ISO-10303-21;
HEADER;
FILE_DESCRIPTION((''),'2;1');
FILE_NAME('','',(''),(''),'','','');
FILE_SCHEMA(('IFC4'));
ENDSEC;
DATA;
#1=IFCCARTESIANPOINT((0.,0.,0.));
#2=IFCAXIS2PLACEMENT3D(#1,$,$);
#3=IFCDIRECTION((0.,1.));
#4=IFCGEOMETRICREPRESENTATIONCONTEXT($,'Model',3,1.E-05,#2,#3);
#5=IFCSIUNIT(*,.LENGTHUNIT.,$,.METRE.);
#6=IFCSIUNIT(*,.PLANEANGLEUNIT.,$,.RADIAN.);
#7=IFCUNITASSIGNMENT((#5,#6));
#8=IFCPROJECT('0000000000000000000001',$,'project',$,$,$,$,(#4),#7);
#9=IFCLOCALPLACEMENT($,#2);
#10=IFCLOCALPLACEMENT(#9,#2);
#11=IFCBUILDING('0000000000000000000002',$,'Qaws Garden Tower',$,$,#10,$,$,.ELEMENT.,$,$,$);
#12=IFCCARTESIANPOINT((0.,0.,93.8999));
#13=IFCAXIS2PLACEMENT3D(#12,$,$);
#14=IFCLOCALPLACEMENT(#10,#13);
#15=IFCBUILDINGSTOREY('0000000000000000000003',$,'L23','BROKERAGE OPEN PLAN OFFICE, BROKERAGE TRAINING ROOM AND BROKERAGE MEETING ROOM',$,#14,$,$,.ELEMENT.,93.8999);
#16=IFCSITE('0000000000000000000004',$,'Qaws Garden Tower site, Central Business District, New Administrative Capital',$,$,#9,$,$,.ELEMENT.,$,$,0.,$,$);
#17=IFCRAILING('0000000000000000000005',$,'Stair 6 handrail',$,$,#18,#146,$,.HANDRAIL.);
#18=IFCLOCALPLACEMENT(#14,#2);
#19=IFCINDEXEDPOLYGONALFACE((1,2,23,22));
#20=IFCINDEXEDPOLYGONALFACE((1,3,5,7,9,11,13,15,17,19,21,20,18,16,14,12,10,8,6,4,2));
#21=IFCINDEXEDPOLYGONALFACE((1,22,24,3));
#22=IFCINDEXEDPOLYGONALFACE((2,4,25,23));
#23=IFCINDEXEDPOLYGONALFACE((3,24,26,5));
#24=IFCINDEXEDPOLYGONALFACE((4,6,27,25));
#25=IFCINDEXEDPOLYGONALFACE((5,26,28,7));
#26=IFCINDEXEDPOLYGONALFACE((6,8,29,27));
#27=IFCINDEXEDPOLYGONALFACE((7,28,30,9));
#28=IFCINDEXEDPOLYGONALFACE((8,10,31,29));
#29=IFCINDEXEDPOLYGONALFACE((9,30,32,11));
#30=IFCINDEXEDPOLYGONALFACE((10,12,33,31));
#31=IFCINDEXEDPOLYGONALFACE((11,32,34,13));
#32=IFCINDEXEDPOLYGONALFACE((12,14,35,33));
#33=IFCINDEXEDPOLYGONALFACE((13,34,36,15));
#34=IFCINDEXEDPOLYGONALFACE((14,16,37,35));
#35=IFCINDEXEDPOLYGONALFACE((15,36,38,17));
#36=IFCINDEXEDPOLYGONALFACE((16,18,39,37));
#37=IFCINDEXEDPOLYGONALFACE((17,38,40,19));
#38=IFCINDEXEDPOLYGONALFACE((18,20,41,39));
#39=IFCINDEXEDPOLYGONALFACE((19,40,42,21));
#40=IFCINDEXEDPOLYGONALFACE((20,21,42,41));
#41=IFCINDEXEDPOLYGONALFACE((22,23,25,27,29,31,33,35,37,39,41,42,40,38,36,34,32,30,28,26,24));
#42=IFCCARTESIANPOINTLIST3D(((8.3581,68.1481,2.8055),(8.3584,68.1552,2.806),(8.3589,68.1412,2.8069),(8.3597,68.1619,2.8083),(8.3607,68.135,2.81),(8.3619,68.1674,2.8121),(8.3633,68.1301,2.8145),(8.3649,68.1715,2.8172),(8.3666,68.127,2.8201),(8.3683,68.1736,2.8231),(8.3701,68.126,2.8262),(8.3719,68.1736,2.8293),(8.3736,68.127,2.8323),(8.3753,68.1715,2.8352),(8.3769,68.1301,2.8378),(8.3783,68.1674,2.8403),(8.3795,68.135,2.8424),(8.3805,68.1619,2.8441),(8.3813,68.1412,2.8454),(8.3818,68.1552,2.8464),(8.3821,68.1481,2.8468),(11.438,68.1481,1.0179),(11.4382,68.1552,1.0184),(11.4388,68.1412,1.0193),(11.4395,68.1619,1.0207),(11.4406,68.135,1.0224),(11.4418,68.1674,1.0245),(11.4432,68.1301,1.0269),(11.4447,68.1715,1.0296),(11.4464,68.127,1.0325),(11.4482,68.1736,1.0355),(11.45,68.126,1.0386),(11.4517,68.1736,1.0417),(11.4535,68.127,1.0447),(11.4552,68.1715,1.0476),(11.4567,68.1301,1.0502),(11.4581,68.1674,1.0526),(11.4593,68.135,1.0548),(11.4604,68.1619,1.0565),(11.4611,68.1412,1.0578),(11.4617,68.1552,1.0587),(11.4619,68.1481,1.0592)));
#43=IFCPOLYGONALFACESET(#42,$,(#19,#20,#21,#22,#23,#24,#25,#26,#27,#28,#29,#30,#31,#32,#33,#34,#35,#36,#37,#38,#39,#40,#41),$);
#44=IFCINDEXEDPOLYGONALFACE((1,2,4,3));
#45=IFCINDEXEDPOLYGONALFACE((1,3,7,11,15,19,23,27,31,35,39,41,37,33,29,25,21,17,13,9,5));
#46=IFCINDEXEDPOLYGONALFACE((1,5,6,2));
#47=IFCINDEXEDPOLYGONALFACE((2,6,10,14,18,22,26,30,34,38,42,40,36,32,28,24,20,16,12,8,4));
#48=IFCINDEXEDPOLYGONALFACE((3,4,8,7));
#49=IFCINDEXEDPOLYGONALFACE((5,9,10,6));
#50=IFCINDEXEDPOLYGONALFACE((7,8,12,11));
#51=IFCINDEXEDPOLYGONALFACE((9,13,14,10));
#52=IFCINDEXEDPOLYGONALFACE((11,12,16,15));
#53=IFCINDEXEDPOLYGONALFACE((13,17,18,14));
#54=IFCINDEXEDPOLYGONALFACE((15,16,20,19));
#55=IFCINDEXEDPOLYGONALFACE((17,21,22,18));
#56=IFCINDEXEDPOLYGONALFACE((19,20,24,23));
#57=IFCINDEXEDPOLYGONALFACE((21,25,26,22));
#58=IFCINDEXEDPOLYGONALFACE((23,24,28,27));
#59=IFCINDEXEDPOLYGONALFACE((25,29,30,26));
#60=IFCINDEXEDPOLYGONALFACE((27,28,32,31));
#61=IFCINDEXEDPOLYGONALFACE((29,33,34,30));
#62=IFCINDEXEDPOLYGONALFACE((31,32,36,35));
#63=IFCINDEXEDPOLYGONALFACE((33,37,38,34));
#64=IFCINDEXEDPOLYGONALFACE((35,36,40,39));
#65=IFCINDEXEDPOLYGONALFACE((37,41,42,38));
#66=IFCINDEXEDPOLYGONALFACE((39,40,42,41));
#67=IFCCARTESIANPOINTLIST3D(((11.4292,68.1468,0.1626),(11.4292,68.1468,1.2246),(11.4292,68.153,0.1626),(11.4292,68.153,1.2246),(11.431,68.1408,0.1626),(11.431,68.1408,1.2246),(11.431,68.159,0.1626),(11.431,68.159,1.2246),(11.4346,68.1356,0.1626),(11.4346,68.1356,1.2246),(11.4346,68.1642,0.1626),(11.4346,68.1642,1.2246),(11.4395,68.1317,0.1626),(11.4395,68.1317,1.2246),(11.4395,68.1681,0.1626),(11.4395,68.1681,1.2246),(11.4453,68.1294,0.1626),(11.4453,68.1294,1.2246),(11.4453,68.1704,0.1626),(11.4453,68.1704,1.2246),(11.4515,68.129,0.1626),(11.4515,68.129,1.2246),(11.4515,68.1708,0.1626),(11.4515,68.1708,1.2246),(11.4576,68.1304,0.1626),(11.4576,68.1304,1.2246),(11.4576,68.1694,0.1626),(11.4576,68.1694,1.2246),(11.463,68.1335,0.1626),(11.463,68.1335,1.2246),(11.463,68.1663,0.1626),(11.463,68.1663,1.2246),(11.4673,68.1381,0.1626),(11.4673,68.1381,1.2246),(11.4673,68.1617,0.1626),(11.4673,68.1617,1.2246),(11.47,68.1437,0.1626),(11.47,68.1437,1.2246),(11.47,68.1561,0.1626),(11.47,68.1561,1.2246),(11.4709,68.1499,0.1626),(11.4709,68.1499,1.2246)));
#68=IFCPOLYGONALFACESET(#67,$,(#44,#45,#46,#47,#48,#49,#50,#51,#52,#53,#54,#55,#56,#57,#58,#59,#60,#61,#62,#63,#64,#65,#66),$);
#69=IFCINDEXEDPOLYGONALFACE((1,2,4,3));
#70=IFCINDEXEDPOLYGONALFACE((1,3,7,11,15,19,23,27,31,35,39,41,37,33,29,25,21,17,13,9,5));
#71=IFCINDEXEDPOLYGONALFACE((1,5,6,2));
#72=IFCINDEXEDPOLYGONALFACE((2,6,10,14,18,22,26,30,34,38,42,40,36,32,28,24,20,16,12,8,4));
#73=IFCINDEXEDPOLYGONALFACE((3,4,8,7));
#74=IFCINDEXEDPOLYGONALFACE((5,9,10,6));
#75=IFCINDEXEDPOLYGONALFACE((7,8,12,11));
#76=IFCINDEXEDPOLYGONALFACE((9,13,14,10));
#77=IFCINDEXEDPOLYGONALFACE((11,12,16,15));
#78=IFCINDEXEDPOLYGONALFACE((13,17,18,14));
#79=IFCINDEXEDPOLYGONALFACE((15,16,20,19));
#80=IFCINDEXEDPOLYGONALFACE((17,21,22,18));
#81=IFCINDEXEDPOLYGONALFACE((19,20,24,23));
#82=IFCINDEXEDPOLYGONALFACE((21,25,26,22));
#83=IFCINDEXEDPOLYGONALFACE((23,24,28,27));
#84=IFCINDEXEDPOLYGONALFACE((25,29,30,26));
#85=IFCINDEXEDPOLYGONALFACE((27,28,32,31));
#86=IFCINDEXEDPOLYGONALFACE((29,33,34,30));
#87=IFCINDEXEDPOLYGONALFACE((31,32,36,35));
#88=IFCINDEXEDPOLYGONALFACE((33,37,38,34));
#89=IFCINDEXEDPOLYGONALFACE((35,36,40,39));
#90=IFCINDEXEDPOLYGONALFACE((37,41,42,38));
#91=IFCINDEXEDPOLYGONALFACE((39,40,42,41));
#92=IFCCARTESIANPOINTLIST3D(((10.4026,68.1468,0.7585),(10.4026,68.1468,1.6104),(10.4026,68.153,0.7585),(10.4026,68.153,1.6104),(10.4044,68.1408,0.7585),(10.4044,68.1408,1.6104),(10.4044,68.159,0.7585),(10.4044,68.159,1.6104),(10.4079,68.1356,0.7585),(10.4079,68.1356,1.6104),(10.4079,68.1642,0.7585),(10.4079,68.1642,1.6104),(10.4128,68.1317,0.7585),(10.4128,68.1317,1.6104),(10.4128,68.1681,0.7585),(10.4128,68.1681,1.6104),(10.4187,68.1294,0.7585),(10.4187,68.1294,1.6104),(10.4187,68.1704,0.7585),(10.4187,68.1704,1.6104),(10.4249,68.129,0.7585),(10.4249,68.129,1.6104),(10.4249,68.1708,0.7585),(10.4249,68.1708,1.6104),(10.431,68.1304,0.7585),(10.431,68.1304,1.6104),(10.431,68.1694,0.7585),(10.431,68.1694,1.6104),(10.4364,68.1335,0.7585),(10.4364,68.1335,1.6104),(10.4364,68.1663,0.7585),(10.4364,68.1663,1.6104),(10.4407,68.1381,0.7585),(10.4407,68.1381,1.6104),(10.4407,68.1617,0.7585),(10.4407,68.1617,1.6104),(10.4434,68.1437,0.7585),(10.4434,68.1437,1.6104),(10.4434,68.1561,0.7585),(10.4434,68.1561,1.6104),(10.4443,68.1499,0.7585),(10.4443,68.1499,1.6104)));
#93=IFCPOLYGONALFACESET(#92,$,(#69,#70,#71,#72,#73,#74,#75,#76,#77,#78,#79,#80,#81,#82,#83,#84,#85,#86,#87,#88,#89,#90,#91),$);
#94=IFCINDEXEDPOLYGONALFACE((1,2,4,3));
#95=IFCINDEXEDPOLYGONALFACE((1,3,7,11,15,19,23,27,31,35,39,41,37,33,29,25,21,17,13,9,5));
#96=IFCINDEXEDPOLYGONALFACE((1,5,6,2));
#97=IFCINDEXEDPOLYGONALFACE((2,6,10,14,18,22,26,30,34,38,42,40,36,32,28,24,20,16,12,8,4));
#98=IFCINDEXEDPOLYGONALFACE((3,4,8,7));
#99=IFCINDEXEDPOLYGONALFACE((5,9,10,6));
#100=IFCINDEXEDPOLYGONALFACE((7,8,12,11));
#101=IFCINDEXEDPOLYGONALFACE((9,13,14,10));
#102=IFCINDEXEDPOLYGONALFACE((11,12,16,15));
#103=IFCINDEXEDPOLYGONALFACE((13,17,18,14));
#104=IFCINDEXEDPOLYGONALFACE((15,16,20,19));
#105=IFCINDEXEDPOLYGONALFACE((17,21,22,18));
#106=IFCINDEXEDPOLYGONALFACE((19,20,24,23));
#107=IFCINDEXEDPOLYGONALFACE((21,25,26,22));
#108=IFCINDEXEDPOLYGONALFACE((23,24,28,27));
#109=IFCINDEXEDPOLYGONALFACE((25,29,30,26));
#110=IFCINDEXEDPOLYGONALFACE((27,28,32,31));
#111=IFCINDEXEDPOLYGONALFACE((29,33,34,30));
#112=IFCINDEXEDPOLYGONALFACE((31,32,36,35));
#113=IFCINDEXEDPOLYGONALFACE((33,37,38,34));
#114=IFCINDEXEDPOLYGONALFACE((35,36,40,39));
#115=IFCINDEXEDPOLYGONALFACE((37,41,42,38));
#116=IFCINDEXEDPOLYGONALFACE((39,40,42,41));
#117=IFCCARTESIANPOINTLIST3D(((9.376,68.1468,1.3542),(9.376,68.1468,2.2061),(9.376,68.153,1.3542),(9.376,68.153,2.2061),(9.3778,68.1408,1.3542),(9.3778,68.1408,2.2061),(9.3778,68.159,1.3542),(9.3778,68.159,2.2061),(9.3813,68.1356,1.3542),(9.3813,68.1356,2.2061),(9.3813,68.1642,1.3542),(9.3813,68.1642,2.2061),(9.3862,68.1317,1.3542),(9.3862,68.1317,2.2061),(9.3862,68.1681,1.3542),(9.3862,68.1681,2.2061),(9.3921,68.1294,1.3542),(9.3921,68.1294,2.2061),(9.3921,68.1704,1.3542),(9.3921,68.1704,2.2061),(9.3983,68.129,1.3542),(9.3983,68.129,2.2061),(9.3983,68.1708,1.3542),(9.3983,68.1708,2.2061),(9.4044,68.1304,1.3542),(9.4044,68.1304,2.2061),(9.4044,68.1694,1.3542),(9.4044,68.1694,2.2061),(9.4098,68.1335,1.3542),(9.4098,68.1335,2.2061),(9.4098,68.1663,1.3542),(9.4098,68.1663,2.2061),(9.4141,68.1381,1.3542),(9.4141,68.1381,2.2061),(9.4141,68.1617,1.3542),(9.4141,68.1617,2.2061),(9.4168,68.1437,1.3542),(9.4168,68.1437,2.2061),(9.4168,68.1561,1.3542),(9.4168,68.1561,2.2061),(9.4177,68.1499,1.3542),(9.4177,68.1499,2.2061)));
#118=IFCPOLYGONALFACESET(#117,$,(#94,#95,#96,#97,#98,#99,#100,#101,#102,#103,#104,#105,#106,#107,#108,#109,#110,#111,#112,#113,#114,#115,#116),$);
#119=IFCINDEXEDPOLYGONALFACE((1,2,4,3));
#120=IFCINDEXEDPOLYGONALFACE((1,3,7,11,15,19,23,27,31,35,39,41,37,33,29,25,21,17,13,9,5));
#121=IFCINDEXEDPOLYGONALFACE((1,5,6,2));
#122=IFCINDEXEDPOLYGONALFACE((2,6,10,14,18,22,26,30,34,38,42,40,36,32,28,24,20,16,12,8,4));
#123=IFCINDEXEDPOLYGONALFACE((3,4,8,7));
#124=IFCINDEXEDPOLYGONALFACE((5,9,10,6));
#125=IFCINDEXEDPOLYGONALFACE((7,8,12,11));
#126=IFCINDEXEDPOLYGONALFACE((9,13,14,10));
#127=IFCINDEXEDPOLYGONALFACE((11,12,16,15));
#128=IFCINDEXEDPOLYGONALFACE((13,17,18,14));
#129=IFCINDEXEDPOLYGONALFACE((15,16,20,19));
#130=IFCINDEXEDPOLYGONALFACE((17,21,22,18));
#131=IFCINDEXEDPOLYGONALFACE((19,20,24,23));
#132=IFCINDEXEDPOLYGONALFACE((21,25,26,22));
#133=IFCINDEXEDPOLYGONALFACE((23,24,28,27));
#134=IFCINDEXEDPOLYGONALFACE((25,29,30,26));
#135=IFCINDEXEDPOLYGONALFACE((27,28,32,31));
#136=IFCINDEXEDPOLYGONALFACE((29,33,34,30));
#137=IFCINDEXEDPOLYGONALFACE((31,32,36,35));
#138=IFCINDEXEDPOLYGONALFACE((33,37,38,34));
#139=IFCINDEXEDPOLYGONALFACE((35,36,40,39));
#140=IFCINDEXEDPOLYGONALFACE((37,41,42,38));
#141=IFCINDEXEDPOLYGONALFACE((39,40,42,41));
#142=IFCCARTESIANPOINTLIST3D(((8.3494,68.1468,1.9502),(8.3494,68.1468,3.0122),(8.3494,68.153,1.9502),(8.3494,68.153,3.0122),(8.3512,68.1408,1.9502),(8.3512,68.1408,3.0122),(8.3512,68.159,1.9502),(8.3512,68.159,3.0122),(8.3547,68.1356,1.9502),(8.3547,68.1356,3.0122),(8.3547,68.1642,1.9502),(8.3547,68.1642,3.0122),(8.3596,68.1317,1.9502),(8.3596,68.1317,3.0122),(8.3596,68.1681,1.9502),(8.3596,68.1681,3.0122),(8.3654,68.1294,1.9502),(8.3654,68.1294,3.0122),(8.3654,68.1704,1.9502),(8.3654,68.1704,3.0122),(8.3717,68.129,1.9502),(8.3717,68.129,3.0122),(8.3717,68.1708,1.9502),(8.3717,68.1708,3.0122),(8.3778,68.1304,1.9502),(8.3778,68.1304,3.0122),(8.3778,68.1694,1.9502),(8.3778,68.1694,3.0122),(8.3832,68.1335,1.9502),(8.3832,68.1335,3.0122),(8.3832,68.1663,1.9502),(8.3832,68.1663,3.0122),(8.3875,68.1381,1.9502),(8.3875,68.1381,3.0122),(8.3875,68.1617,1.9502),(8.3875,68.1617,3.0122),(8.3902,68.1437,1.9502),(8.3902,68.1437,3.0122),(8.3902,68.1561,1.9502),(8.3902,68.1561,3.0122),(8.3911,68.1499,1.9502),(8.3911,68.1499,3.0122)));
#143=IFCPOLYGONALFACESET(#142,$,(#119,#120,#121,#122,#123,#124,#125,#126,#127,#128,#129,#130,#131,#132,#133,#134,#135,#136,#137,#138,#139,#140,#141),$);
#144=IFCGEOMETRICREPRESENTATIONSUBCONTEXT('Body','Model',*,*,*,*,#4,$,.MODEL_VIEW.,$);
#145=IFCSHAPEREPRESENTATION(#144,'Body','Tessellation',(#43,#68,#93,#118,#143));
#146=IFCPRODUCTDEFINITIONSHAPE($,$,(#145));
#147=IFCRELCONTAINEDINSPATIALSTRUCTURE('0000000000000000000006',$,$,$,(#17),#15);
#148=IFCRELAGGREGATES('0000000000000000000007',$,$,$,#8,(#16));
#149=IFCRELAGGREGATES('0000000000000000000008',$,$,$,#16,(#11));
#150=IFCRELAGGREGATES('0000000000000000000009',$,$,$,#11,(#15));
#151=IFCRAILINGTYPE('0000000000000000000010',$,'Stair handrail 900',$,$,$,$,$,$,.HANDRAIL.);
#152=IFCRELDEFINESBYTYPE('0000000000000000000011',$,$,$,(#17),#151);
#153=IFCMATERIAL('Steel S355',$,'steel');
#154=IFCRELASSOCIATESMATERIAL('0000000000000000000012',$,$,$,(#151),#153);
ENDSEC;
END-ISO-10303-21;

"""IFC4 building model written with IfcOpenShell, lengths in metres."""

from ifc_helpers import new_model, si_unit, direction, frame, origin, origin_2d, place, context, subcontext, project, spatial, circle, extrude, material, type_object, element, save


model = new_model("IFC4")

# Units and contexts
model_context = context("Model", 3, precision=1e-05, world=origin(), true_north=direction((0.0, 1.0)))
body_context = subcontext(model_context, "Body", "Model", "MODEL_VIEW")
ifc_project = project(units=[si_unit("LENGTHUNIT", "METRE"), si_unit("PLANEANGLEUNIT", "RADIAN")], contexts=[model_context])

# Site, building, storey
site_placement = place(None, origin())
site = spatial("IfcSite", under=ifc_project, at=site_placement, Name="Qaws Garden Tower site, Central Business District, New Administrative Capital", CompositionType="ELEMENT", RefElevation=0.0)
building_placement = place(site_placement, origin())
building = spatial("IfcBuilding", under=site, at=building_placement, Name="Qaws Garden Tower", CompositionType="ELEMENT")
storey_placement = place(building_placement, frame((0.0, 0.0, 93.8999)))
storey = spatial("IfcBuildingStorey", under=building, at=storey_placement, Name="L23", Description="BROKERAGE OPEN PLAN OFFICE, BROKERAGE TRAINING ROOM AND BROKERAGE MEETING ROOM", CompositionType="ELEMENT", Elevation=93.8999)

# Railing
ifc_material_1 = material(Name="Steel S355", Category="steel")
railing_type = type_object("IfcRailingType", Name="Stair handrail 900", PredefinedType="HANDRAIL", material=ifc_material_1)
railing_1_placement = place(storey_placement, frame((11.45, 68.1499, 0.1626)))
element("IfcRailing", 1, at=railing_1_placement, inside=storey, type_object=railing_type, Name="Stair 6 handrail", PredefinedType="HANDRAIL", context=body_context, shape_type="SweptSolid", body=[
    extrude(circle(Radius=0.0239, at=origin_2d()), frame((0.0, 0.0, 0.876), z_axis=(-0.864873, 0.0, 0.50199), x_axis=(0.0, -1.0, 0.0)), (0.0, 0.0, 1.0), 3.561),
    extrude(circle(Radius=0.021, at=origin_2d()), origin(), (0.0, 0.0, 1.0), 1.062),
    extrude(circle(Radius=0.021, at=origin_2d()), frame((-1.0266, 0.0, 0.5959)), (0.0, 0.0, 1.0), 0.8518),
    extrude(circle(Radius=0.021, at=origin_2d()), frame((-2.0532, 0.0, 1.1917)), (0.0, 0.0, 1.0), 0.8518),
    extrude(circle(Radius=0.021, at=origin_2d()), frame((-3.0798, 0.0, 1.7876)), (0.0, 0.0, 1.0), 1.062),
])

save(model, "model.ifc")
